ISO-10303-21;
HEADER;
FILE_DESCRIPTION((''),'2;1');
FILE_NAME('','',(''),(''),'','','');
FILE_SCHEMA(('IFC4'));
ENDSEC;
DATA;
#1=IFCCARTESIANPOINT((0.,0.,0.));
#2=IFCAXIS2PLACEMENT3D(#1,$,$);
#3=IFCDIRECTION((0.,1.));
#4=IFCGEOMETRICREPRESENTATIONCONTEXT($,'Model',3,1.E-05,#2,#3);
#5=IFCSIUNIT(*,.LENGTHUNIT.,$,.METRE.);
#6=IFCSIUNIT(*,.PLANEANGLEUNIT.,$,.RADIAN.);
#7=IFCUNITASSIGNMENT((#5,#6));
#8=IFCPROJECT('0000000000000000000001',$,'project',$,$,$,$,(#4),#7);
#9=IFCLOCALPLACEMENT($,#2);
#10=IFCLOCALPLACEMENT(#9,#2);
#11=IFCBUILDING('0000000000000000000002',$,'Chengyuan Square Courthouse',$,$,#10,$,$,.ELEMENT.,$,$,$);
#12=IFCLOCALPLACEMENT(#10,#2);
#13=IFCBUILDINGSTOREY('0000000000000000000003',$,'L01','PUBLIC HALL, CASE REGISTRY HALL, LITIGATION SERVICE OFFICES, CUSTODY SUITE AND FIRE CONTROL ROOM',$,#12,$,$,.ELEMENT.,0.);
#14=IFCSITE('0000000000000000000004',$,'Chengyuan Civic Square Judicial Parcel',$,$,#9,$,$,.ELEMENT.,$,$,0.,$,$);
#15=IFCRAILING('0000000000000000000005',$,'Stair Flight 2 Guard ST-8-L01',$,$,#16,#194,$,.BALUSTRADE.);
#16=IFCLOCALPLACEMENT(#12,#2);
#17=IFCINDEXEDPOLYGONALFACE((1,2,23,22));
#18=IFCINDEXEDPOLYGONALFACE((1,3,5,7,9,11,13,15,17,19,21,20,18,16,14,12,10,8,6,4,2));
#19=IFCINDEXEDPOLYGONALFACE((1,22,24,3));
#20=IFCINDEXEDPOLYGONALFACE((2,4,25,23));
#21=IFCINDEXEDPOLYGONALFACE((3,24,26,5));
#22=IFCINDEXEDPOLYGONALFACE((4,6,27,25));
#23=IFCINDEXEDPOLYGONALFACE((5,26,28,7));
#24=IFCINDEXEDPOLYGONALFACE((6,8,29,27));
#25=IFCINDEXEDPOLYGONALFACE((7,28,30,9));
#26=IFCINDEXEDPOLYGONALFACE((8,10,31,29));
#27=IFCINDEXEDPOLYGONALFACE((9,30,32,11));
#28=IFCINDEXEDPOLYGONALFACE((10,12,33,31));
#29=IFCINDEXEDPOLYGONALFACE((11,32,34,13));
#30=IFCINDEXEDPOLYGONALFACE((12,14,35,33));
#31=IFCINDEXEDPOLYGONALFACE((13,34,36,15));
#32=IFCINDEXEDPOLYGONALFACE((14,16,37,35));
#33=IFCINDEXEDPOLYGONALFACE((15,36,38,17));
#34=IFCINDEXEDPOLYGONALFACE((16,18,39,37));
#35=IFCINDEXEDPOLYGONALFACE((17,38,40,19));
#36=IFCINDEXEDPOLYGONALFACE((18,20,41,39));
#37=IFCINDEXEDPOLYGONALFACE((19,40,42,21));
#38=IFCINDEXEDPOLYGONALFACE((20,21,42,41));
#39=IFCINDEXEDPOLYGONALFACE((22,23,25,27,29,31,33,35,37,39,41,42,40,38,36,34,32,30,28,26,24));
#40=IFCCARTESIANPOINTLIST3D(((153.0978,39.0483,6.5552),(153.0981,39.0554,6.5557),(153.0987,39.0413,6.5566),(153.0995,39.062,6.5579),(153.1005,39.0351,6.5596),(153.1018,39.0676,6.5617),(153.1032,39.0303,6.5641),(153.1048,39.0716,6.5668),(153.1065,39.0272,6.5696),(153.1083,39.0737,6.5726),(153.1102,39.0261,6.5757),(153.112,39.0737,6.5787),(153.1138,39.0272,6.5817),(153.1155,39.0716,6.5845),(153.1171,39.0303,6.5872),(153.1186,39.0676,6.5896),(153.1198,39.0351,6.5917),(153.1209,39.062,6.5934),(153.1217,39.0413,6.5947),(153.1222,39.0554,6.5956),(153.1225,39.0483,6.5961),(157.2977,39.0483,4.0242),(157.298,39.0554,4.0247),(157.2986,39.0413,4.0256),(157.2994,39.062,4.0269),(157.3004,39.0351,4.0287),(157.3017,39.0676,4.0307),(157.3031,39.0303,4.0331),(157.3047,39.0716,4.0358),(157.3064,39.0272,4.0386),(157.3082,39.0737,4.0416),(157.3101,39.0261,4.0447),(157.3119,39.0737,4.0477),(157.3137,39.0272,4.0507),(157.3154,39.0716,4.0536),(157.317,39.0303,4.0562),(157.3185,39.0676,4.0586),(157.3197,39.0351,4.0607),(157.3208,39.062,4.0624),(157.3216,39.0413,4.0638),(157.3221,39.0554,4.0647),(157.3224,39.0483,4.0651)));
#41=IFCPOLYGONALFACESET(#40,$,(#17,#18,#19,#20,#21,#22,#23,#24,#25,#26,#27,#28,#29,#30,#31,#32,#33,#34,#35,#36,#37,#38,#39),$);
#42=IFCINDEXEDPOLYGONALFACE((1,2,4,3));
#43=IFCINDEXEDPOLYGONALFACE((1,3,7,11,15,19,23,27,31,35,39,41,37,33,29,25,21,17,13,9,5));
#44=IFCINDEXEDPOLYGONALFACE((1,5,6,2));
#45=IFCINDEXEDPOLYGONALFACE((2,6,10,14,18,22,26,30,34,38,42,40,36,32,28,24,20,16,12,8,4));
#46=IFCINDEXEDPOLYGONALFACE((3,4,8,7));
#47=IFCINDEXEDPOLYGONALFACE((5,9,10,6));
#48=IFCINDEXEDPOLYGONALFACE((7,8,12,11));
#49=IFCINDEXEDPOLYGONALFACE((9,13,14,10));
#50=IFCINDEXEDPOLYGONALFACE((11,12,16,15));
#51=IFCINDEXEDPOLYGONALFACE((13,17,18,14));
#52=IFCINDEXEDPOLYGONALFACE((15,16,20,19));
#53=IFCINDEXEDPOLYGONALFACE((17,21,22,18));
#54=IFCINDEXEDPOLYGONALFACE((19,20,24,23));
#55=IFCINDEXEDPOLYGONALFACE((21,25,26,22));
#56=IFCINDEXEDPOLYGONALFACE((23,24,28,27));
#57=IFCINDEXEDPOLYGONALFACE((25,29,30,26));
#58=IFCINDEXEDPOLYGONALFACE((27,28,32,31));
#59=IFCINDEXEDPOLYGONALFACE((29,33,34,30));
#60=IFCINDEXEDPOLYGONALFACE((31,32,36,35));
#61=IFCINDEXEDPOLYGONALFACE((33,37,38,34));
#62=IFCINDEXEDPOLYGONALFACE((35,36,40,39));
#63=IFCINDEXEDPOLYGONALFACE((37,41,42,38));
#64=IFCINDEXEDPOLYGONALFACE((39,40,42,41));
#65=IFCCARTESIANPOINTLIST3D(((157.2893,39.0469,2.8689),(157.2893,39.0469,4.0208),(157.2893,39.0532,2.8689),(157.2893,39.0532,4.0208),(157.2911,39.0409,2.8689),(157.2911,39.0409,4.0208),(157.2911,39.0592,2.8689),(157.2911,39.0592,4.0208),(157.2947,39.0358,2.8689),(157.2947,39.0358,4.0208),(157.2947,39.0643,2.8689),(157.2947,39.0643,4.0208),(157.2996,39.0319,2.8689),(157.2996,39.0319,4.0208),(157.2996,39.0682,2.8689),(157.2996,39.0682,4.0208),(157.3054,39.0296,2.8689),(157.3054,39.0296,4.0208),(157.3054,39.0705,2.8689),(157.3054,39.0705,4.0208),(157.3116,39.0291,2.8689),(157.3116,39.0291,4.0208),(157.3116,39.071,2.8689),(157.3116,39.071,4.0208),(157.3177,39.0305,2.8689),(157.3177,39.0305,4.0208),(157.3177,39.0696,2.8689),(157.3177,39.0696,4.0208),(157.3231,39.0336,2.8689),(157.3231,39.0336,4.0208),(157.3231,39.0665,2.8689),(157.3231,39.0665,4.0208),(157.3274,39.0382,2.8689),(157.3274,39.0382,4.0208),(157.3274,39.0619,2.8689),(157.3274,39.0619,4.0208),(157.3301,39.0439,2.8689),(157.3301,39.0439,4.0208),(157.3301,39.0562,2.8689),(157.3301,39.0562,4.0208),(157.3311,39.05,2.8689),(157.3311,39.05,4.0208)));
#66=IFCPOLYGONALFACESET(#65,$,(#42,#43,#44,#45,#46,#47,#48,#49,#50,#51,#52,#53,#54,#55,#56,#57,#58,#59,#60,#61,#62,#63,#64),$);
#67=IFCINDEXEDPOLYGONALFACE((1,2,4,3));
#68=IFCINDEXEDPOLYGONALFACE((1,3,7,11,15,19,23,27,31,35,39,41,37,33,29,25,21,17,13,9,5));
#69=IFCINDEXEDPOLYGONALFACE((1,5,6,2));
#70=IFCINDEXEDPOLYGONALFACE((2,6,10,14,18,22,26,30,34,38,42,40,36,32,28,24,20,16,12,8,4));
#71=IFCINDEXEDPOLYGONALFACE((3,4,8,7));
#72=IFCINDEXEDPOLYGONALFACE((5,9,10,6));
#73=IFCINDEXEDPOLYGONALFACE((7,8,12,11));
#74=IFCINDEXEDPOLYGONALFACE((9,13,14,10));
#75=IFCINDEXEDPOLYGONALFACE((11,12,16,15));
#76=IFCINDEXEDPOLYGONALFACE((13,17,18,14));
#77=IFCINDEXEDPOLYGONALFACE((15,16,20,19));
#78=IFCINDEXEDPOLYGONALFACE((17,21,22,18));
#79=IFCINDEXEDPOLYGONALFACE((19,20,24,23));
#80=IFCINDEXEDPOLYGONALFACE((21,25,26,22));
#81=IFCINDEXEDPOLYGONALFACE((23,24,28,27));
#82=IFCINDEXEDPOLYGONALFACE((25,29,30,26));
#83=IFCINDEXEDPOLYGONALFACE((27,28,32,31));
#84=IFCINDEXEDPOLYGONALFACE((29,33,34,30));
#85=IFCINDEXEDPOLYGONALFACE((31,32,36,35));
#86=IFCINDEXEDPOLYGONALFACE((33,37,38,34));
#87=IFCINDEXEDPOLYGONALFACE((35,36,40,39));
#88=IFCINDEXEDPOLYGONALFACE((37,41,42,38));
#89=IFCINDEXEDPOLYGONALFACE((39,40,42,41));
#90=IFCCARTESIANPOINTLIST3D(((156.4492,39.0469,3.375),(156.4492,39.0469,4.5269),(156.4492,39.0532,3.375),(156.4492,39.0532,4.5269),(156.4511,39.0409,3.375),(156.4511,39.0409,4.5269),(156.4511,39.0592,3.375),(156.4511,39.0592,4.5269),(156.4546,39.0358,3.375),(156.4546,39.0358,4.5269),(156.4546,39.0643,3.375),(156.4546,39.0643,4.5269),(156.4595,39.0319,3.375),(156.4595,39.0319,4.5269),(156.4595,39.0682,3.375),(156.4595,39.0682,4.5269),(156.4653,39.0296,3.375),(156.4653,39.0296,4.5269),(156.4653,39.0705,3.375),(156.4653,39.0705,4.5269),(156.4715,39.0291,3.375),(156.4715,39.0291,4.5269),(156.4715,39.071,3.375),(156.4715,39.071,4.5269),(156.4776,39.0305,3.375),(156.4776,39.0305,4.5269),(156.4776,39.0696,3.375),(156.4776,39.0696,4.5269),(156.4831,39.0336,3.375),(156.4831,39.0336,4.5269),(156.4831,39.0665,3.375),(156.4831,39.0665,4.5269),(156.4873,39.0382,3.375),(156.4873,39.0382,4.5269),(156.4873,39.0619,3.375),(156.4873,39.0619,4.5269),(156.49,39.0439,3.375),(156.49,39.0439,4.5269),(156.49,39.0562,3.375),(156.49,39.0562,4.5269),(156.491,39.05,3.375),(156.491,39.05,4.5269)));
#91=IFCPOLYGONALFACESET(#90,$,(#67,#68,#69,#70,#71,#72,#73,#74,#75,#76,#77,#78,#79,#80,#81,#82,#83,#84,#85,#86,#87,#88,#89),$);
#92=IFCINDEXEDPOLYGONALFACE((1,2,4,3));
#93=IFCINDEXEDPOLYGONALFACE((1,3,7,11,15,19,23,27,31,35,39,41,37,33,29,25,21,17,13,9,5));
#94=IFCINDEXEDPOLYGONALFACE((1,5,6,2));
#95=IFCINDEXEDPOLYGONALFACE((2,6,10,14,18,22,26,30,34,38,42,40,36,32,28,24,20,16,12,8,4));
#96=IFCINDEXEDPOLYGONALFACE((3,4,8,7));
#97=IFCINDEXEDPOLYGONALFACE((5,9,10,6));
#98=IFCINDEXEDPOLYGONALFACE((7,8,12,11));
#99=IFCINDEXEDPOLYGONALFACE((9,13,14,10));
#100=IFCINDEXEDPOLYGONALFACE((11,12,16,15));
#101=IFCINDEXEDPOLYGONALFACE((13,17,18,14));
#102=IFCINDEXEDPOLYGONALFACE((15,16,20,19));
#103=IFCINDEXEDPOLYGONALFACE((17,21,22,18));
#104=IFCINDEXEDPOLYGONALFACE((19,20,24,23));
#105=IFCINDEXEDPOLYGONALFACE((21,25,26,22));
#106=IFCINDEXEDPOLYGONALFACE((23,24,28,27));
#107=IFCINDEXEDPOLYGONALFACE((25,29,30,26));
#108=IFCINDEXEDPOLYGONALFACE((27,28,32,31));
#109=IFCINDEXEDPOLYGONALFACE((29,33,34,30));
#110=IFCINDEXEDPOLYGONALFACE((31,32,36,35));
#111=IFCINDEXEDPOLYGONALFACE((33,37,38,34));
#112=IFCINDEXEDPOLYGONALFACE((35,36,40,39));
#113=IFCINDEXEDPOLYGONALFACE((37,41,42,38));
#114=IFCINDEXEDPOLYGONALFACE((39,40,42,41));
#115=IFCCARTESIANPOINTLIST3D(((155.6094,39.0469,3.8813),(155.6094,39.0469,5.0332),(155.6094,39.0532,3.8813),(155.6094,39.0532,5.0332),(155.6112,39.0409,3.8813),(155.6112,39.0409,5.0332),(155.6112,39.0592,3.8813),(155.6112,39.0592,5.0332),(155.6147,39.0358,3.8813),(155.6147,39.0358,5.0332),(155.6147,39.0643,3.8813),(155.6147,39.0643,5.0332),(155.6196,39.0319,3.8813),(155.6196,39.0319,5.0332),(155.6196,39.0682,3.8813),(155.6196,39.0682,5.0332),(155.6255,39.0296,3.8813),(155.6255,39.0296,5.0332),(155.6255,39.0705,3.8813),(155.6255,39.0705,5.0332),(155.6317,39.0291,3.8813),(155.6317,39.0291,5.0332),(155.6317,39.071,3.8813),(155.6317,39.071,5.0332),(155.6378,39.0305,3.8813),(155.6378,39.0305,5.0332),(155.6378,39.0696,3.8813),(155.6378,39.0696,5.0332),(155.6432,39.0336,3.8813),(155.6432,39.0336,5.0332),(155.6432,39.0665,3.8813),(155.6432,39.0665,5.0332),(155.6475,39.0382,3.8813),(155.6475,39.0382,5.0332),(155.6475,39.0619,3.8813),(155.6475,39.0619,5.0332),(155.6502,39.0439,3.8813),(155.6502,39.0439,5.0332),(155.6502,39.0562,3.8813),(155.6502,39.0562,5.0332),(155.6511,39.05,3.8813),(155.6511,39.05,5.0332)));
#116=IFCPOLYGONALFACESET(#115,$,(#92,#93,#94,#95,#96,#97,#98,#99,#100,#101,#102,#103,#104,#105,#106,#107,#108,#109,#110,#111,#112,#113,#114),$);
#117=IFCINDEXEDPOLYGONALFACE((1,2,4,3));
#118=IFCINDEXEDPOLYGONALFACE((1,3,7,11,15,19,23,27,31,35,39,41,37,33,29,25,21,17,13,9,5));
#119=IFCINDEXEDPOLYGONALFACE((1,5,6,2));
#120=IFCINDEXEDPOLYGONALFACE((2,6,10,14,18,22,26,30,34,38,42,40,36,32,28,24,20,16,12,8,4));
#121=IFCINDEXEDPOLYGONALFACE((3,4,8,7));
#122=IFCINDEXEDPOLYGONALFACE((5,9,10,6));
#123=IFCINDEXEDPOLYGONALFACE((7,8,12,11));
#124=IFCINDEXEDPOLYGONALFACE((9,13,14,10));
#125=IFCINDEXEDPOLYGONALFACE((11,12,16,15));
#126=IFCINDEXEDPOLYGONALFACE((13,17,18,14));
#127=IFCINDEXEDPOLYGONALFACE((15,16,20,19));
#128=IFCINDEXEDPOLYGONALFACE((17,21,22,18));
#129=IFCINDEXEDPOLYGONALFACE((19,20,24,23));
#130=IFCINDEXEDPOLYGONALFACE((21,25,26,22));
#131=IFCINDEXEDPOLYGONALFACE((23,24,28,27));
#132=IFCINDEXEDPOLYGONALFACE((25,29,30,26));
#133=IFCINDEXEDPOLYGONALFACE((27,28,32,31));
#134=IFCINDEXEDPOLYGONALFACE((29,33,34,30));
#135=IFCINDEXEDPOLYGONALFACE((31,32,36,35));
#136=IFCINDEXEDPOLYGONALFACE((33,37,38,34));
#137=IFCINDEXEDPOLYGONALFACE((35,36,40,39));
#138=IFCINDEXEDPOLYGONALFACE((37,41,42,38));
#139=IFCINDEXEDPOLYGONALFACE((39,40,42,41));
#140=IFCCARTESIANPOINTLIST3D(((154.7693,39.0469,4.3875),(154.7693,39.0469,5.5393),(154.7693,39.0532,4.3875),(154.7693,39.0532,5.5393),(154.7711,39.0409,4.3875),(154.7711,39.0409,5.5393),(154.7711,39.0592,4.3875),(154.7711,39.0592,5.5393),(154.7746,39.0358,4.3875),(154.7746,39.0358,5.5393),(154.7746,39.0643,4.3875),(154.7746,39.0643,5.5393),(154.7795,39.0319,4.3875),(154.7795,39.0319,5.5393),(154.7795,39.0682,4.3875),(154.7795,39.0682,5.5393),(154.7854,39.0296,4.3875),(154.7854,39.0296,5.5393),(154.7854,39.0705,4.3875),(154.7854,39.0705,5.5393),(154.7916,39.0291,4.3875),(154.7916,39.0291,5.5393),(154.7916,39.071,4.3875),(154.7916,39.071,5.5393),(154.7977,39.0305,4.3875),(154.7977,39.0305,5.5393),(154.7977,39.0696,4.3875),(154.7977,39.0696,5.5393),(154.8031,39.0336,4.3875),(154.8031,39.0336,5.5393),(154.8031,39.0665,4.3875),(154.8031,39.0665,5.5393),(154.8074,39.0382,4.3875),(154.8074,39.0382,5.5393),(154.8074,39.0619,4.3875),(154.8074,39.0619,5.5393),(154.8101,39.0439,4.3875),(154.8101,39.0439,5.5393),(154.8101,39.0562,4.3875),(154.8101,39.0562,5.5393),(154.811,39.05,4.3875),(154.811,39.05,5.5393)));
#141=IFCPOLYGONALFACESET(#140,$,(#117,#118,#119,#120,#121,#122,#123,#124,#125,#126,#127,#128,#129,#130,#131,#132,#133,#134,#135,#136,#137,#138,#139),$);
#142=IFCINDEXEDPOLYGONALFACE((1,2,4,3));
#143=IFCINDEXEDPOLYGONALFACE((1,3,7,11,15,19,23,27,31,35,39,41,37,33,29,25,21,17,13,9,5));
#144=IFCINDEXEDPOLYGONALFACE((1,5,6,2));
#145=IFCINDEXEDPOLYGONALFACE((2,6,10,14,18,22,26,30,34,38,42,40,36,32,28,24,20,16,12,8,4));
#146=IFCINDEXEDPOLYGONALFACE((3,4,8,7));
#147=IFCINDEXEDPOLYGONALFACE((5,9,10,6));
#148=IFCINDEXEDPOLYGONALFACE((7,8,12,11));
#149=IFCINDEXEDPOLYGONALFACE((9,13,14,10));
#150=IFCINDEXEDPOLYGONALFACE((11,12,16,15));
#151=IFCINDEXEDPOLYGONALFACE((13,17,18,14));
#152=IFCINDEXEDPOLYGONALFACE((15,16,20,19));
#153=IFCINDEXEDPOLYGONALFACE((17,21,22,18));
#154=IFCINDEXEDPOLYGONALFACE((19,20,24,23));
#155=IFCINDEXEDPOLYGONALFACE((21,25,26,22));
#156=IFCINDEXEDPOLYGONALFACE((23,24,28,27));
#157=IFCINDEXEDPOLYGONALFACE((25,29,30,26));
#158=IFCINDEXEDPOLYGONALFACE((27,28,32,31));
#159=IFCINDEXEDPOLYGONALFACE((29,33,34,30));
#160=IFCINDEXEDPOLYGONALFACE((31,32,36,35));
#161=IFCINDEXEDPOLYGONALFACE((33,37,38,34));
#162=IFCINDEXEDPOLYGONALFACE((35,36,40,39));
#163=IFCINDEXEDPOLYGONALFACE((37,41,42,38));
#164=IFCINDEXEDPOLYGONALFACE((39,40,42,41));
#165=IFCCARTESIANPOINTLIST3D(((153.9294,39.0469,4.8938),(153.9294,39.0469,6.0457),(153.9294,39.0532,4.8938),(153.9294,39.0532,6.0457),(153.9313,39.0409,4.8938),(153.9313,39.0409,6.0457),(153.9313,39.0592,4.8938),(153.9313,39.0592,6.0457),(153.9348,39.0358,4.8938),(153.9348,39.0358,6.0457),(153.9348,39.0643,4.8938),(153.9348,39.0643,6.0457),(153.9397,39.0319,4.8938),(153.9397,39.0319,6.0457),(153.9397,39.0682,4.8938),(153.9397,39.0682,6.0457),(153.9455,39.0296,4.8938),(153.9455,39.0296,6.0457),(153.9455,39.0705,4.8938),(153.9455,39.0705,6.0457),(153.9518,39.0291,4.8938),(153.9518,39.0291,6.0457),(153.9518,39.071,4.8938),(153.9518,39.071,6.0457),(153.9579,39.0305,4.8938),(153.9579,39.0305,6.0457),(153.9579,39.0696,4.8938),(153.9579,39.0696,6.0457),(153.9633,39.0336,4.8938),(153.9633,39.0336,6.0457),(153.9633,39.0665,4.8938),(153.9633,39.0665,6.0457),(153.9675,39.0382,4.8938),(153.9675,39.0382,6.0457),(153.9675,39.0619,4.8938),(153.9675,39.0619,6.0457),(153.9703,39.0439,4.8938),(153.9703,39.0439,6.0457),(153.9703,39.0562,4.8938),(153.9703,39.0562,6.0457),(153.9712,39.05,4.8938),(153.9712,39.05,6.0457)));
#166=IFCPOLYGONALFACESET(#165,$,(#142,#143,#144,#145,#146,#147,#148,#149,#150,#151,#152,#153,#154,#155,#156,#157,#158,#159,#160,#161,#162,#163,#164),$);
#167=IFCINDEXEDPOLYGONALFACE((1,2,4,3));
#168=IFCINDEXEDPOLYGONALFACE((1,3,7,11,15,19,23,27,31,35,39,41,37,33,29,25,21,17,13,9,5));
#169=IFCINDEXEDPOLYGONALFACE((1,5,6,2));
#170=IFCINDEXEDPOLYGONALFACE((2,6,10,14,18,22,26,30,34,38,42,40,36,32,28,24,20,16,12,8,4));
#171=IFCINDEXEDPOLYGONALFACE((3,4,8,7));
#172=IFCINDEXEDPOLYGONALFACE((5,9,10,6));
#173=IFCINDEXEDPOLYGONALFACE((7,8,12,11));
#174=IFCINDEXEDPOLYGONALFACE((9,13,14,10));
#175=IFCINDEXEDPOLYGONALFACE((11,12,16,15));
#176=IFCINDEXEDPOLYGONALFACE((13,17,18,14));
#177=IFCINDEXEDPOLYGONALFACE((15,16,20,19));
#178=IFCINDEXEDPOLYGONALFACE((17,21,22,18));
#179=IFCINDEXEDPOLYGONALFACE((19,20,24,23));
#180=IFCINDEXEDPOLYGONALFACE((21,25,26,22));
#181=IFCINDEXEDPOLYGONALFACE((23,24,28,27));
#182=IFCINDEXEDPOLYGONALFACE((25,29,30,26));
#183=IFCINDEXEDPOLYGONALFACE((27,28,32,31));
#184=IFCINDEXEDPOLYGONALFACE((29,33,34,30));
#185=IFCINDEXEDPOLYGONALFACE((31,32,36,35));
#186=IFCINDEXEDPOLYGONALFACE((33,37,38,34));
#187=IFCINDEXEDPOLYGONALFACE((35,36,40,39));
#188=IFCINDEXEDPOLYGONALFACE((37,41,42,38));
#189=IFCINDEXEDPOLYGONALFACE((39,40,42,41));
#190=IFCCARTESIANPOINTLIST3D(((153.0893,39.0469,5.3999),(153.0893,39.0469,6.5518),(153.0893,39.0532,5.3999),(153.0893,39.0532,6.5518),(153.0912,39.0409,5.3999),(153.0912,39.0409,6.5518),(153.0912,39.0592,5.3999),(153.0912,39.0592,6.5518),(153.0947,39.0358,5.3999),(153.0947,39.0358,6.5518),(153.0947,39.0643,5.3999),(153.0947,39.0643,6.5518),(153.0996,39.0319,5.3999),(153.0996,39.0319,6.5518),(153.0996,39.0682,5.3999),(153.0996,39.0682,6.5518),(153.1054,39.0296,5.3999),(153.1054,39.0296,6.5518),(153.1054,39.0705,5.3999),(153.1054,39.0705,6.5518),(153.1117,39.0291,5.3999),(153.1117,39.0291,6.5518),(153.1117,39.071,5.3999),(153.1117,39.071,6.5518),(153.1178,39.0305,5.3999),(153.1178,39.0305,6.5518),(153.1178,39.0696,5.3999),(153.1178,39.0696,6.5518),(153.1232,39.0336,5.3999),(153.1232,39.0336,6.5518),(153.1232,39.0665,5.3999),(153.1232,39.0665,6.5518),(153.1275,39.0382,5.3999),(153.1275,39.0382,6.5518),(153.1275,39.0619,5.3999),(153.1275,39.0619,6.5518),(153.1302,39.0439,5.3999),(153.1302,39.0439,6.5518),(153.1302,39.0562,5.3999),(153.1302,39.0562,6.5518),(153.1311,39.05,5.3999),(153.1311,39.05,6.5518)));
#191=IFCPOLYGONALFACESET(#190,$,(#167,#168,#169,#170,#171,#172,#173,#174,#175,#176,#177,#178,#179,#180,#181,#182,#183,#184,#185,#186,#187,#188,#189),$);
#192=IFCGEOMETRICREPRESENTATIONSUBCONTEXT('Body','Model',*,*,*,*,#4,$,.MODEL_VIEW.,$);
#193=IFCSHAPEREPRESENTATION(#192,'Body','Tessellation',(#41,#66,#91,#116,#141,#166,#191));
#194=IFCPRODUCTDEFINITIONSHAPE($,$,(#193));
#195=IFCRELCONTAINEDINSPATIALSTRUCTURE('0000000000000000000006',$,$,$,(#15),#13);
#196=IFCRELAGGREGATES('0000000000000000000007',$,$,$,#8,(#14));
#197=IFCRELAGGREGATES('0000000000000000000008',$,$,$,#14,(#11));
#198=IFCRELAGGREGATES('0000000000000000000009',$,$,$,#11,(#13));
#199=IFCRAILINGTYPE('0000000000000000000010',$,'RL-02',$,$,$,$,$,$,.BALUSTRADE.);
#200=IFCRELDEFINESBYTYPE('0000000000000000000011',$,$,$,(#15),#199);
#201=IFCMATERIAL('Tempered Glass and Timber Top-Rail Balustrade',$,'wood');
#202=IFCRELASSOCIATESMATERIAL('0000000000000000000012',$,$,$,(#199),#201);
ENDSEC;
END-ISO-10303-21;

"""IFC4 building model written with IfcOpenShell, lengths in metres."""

from ifc_helpers import new_model, si_unit, direction, frame, origin, origin_2d, place, context, subcontext, project, spatial, circle, extrude, material, type_object, element, save


model = new_model("IFC4")

# Units and contexts
model_context = context("Model", 3, precision=1e-05, world=origin(), true_north=direction((0.0, 1.0)))
body_context = subcontext(model_context, "Body", "Model", "MODEL_VIEW")
ifc_project = project(units=[si_unit("LENGTHUNIT", "METRE"), si_unit("PLANEANGLEUNIT", "RADIAN")], contexts=[model_context])

# Site, building, storey
site_placement = place(None, origin())
site = spatial("IfcSite", under=ifc_project, at=site_placement, Name="Chengyuan Civic Square Judicial Parcel", CompositionType="ELEMENT", RefElevation=0.0)
building_placement = place(site_placement, origin())
building = spatial("IfcBuilding", under=site, at=building_placement, Name="Chengyuan Square Courthouse", CompositionType="ELEMENT")
storey_placement = place(building_placement, origin())
storey = spatial("IfcBuildingStorey", under=building, at=storey_placement, Name="L01", Description="PUBLIC HALL, CASE REGISTRY HALL, LITIGATION SERVICE OFFICES, CUSTODY SUITE AND FIRE CONTROL ROOM", CompositionType="ELEMENT", Elevation=0.0)

# Railing
ifc_material_1 = material(Name="Tempered Glass and Timber Top-Rail Balustrade", Category="wood")
railing_type_1 = type_object("IfcRailingType", Name="RL-02", PredefinedType="BALUSTRADE", material=ifc_material_1)
railing_1_placement = place(storey_placement, frame((157.3101, 39.05, 2.8689)))
element("IfcRailing", 1, at=railing_1_placement, inside=storey, type_object=railing_type_1, Name="Stair Flight 2 Guard ST-8-L01", PredefinedType="BALUSTRADE", context=body_context, shape_type="SweptSolid", body=[
    extrude(circle(Radius=0.0239, at=origin_2d()), frame((0.0, 0.0, 1.1758), z_axis=(-0.856499, 0.0, 0.51615), x_axis=(0.0, -1.0, 0.0)), (0.0, 0.0, 1.0), 4.9036),
    extrude(circle(Radius=0.021, at=origin_2d()), origin(), (0.0, 0.0, 1.0), 1.1519),
    extrude(circle(Radius=0.021, at=origin_2d()), frame((-0.8401, 0.0, 0.5061)), (0.0, 0.0, 1.0), 1.1519),
    extrude(circle(Radius=0.021, at=origin_2d()), frame((-1.6799, 0.0, 1.0125)), (0.0, 0.0, 1.0), 1.1519),
    extrude(circle(Radius=0.021, at=origin_2d()), frame((-2.52, 0.0, 1.5186)), (0.0, 0.0, 1.0), 1.1519),
    extrude(circle(Radius=0.021, at=origin_2d()), frame((-3.3599, 0.0, 2.0249)), (0.0, 0.0, 1.0), 1.1519),
    extrude(circle(Radius=0.021, at=origin_2d()), frame((-4.2, 0.0, 2.531)), (0.0, 0.0, 1.0), 1.1519),
])

save(model, "model.ifc")
